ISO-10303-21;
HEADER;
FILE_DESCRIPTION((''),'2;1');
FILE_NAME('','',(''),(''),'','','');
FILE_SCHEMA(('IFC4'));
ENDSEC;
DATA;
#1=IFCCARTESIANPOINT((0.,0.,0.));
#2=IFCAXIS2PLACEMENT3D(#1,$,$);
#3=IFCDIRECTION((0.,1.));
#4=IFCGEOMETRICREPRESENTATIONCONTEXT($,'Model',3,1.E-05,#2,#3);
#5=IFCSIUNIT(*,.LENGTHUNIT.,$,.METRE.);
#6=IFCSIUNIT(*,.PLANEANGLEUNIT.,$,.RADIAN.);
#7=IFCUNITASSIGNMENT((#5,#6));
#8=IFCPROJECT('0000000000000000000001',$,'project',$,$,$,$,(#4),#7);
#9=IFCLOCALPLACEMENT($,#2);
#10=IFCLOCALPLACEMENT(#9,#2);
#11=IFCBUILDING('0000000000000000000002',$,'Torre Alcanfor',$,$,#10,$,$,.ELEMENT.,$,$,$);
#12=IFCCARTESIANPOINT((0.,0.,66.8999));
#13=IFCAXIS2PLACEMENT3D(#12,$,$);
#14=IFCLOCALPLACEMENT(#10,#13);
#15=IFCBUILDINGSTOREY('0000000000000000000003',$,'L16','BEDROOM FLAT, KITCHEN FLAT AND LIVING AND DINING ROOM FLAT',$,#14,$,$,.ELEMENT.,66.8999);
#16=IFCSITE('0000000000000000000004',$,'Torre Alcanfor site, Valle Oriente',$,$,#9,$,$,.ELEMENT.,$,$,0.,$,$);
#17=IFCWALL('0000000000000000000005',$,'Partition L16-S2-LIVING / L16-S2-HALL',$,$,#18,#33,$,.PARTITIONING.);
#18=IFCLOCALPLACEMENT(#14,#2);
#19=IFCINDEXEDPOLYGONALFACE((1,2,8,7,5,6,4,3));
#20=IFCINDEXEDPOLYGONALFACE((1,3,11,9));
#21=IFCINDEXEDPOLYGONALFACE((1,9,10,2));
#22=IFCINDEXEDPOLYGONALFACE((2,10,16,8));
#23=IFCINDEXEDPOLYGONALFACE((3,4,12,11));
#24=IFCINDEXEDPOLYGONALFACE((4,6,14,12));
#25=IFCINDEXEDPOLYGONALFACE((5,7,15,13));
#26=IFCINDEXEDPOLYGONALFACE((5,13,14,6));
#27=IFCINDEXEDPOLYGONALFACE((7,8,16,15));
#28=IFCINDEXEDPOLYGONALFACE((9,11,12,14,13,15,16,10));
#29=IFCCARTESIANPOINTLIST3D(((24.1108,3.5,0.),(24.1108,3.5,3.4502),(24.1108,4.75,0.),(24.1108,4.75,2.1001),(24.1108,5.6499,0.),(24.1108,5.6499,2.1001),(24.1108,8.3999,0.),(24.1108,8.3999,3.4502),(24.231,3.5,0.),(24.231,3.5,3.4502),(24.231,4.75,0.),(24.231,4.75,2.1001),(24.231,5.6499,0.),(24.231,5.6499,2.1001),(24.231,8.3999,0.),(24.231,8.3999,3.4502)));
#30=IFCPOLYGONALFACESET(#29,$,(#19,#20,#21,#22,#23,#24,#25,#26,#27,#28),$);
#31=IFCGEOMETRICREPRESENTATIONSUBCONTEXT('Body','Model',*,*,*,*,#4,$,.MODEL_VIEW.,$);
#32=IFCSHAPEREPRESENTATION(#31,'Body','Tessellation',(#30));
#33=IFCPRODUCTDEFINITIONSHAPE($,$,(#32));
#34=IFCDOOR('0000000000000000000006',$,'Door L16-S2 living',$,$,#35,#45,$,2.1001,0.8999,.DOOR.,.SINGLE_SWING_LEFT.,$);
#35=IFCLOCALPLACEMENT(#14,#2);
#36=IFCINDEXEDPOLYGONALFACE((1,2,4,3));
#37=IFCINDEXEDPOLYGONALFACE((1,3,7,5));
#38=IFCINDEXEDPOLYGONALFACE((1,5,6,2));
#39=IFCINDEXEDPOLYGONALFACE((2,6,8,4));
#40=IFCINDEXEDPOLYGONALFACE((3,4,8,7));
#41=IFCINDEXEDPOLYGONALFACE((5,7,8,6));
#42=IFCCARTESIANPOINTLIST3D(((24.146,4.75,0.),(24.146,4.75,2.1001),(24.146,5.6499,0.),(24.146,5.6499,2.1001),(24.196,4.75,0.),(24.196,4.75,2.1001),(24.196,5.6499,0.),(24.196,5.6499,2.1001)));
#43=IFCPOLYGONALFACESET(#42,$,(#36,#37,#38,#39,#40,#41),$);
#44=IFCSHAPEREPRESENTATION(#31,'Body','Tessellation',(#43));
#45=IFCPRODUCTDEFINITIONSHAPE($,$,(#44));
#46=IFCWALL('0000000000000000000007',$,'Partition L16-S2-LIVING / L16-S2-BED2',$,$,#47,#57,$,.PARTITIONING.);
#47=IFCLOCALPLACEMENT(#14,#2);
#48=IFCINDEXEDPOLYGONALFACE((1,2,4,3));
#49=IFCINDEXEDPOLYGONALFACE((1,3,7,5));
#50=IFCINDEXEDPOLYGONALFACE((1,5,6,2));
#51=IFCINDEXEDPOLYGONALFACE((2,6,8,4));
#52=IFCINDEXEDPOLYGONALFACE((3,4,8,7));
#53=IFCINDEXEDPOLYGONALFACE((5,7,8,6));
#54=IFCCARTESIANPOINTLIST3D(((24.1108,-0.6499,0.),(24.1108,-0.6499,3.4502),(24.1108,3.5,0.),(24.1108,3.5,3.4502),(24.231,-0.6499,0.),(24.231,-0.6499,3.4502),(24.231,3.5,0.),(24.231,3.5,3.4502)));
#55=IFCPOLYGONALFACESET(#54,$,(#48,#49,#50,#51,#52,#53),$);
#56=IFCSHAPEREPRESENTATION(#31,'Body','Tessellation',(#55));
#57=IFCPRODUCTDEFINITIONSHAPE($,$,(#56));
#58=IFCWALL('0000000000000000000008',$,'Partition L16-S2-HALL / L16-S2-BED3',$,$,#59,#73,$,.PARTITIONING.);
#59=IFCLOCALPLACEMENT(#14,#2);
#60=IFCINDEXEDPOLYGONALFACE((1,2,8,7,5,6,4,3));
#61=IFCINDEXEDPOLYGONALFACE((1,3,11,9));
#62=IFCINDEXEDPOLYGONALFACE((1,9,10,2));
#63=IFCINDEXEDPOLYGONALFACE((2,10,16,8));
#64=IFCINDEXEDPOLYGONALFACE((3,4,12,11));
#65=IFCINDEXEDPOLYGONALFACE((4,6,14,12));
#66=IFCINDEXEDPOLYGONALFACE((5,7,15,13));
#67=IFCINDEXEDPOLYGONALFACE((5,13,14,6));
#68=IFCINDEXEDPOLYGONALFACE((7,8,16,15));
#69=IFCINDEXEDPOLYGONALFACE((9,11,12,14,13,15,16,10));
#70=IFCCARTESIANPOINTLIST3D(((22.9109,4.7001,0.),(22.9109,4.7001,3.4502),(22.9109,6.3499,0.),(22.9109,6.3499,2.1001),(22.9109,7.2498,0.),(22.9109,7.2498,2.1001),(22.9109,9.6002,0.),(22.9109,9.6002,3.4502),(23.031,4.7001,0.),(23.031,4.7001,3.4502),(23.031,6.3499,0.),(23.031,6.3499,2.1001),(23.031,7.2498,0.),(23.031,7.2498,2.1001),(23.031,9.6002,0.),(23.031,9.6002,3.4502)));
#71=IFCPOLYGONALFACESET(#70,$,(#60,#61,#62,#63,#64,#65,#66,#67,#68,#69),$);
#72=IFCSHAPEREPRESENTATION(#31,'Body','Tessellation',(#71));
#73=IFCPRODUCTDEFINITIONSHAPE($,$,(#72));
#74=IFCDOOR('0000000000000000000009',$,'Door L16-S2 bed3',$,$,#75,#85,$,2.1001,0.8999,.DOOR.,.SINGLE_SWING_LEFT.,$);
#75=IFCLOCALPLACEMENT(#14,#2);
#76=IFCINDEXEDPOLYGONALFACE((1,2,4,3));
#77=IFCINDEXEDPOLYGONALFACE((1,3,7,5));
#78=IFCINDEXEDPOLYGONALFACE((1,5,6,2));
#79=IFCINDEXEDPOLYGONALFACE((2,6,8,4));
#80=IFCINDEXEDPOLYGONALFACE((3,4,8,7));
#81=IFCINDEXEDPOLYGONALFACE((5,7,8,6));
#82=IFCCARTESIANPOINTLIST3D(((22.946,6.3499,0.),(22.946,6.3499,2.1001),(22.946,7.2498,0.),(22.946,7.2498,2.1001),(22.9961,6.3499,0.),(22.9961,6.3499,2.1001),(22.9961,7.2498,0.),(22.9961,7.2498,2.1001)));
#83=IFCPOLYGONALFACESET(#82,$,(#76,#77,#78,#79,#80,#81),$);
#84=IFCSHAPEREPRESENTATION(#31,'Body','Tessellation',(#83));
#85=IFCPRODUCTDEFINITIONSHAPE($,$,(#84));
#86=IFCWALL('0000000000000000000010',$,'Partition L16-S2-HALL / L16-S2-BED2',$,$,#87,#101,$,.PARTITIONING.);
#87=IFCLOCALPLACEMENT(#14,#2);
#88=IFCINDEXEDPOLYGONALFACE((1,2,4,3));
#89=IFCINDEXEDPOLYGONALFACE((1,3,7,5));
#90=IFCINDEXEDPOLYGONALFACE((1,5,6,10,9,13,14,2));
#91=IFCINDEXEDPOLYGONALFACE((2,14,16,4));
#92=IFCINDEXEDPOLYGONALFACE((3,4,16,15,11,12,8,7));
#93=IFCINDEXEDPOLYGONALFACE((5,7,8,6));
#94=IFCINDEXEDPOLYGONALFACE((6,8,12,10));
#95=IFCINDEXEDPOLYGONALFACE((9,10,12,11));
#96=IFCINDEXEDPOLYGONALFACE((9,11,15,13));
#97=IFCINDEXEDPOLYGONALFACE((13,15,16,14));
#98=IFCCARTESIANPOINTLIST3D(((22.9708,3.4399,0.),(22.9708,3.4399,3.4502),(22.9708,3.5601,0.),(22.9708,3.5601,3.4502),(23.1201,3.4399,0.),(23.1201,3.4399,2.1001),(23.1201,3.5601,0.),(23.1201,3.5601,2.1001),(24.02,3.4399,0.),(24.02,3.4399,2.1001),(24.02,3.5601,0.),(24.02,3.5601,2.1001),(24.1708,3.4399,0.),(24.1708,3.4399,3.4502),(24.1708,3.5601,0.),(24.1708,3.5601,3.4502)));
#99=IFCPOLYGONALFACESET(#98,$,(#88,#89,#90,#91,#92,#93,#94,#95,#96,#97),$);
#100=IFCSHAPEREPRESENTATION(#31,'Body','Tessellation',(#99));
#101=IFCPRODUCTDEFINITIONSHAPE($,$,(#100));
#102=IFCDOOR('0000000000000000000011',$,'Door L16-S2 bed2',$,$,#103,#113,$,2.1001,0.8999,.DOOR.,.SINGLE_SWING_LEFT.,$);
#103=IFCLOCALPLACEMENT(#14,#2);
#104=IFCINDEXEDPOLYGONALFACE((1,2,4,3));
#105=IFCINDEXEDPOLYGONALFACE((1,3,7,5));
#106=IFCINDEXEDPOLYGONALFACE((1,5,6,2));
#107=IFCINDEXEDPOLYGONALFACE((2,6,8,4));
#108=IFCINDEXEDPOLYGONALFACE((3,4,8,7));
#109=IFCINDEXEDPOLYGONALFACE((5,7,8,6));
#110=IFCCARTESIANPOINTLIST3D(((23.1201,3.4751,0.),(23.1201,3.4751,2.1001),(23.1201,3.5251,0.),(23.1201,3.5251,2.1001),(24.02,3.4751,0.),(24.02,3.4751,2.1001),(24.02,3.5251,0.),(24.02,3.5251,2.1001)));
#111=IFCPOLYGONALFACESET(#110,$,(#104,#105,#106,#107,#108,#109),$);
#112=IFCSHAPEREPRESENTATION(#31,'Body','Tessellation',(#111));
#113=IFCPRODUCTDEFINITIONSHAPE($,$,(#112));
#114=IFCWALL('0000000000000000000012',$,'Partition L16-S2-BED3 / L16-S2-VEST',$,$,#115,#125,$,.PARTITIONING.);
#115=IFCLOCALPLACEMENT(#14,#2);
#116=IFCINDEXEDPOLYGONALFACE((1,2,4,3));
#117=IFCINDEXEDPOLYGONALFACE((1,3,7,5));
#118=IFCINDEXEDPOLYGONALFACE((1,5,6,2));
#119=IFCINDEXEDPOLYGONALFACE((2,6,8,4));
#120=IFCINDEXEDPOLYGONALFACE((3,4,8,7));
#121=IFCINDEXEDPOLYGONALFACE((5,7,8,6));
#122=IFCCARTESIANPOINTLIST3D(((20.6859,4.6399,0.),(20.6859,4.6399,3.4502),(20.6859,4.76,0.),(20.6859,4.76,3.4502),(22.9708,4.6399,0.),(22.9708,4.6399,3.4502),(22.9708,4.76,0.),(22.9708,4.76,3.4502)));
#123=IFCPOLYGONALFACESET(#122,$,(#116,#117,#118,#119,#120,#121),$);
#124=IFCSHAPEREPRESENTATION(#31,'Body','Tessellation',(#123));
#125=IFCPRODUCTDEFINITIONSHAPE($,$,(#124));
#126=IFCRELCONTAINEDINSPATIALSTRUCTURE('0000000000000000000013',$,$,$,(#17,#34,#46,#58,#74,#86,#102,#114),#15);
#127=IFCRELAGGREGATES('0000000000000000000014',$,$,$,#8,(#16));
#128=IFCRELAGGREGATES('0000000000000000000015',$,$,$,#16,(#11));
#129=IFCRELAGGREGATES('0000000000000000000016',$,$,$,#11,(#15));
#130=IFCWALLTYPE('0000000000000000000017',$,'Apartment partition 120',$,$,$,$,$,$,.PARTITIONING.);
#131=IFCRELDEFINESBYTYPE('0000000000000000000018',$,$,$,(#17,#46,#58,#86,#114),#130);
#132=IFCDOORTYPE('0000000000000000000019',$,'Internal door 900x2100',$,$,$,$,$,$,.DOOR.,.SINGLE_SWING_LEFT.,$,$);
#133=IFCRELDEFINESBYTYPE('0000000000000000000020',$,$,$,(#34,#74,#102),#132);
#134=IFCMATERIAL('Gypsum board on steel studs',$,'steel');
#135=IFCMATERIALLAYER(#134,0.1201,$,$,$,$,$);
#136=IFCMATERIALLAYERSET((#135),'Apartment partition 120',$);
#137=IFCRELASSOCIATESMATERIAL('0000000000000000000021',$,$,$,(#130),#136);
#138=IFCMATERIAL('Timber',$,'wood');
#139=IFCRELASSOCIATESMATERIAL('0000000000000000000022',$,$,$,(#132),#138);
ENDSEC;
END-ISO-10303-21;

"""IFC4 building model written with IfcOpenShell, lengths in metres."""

from ifc_helpers import new_model, si_unit, direction, frame, frame_2d, origin, place, context, subcontext, project, spatial, rectangle, extrude, material, layer, layer_set, type_object, element, fill, save


model = new_model("IFC4")

# Units and contexts
model_context = context("Model", 3, precision=1e-05, world=origin(), true_north=direction((0.0, 1.0)))
body_context = subcontext(model_context, "Body", "Model", "MODEL_VIEW")
ifc_project = project(units=[si_unit("LENGTHUNIT", "METRE"), si_unit("PLANEANGLEUNIT", "RADIAN")], contexts=[model_context])

# Site, building, storey
site_placement = place(None, origin())
site = spatial("IfcSite", under=ifc_project, at=site_placement, Name="Torre Alcanfor site, Valle Oriente", CompositionType="ELEMENT", RefElevation=0.0)
building_placement = place(site_placement, origin())
building = spatial("IfcBuilding", under=site, at=building_placement, Name="Torre Alcanfor", CompositionType="ELEMENT")
storey_placement = place(building_placement, frame((0.0, 0.0, 66.8999)))
storey = spatial("IfcBuildingStorey", under=building, at=storey_placement, Name="L16", Description="BEDROOM FLAT, KITCHEN FLAT AND LIVING AND DINING ROOM FLAT", CompositionType="ELEMENT", Elevation=66.8999)

# Shared definitions
ifc_material_1 = material(Name="Gypsum board on steel studs", Category="steel")
ifc_layer_1 = layer(ifc_material_1, 0.1201)
ifc_layer_set_1 = layer_set([ifc_layer_1], Name="Apartment partition 120")
wall_type = type_object("IfcWallType", Name="Apartment partition 120", PredefinedType="PARTITIONING", material=ifc_layer_set_1)

# Wall, opening, door
wall_1_placement = place(storey_placement, frame((24.1709, 3.5, 0.0), z_axis=(0.0, 0.0, 1.0), x_axis=(0.0, 1.0, 0.0)))
wall_1 = element("IfcWall", 1, at=wall_1_placement, inside=storey, type_object=wall_type, Name="Partition L16-S2-LIVING / L16-S2-HALL", PredefinedType="PARTITIONING", context=body_context, shape_type="SweptSolid", body=[
    extrude(rectangle(XDim=4.8999, YDim=0.1201, at=frame_2d((2.45, 0.0))), origin(), (0.0, 0.0, 1.0), 3.4502),
])
opening_1_placement = place(wall_1_placement, frame((1.25, 0.0, 0.0)))
opening_1 = element("IfcOpeningElement", 2, at=opening_1_placement, cuts=wall_1, PredefinedType="OPENING", context=body_context, shape_type="SweptSolid", body=[
    extrude(rectangle(XDim=0.8999, YDim=2.1001, at=frame_2d((0.45, 1.05))), frame((0.0, 0.0701, 0.0), z_axis=(0.0, -1.0, 0.0), x_axis=(1.0, 0.0, 0.0)), (0.0, 0.0, 1.0), 0.1401),
])
ifc_material_2 = material(Name="Timber", Category="wood")
door_type = type_object("IfcDoorType", Name="Internal door 900x2100", OperationType="SINGLE_SWING_LEFT", PredefinedType="DOOR", material=ifc_material_2)
door_1_placement = place(opening_1_placement, frame((0.8999, 0.0, 0.0), z_axis=(0.0, 0.0, 1.0), x_axis=(-1.0, 0.0, 0.0)))
door_1 = element("IfcDoor", 3, at=door_1_placement, inside=storey, type_object=door_type, Name="Door L16-S2 living", OperationType="SINGLE_SWING_LEFT", OverallHeight=2.1001, OverallWidth=0.8999, PredefinedType="DOOR", context=body_context, shape_type="SweptSolid", body=[
    extrude(rectangle(XDim=0.8999, YDim=2.1001, at=frame_2d((0.45, 1.05))), frame((0.0, 0.0251, 0.0), z_axis=(0.0, -1.0, 0.0), x_axis=(1.0, 0.0, 0.0)), (0.0, 0.0, 1.0), 0.05),
])
fill(opening_1, door_1)

# Wall
wall_2_placement = place(storey_placement, frame((24.1709, -0.6499, 0.0), z_axis=(0.0, 0.0, 1.0), x_axis=(0.0, 1.0, 0.0)))
element("IfcWall", 4, at=wall_2_placement, inside=storey, type_object=wall_type, Name="Partition L16-S2-LIVING / L16-S2-BED2", PredefinedType="PARTITIONING", context=body_context, shape_type="SweptSolid", body=[
    extrude(rectangle(XDim=4.1499, YDim=0.1201, at=frame_2d((2.075, 0.0))), origin(), (0.0, 0.0, 1.0), 3.4502),
])

# Walls, openings, doors
wall_3_placement = place(storey_placement, frame((22.9709, 4.7, 0.0), z_axis=(0.0, 0.0, 1.0), x_axis=(0.0, 1.0, 0.0)))
wall_3 = element("IfcWall", 5, at=wall_3_placement, inside=storey, type_object=wall_type, Name="Partition L16-S2-HALL / L16-S2-BED3", PredefinedType="PARTITIONING", context=body_context, shape_type="SweptSolid", body=[
    extrude(rectangle(XDim=4.9001, YDim=0.1201, at=frame_2d((2.4502, 0.0))), origin(), (0.0, 0.0, 1.0), 3.4502),
])
opening_2_placement = place(wall_3_placement, frame((1.6499, 0.0, 0.0)))
opening_2 = element("IfcOpeningElement", 6, at=opening_2_placement, cuts=wall_3, PredefinedType="OPENING", context=body_context, shape_type="SweptSolid", body=[
    extrude(rectangle(XDim=0.8999, YDim=2.1001, at=frame_2d((0.45, 1.05))), frame((0.0, 0.0701, 0.0), z_axis=(0.0, -1.0, 0.0), x_axis=(1.0, 0.0, 0.0)), (0.0, 0.0, 1.0), 0.1401),
])
door_2_placement = place(opening_2_placement, origin())
door_2 = element("IfcDoor", 7, at=door_2_placement, inside=storey, type_object=door_type, Name="Door L16-S2 bed3", OperationType="SINGLE_SWING_LEFT", OverallHeight=2.1001, OverallWidth=0.8999, PredefinedType="DOOR", context=body_context, shape_type="SweptSolid", body=[
    extrude(rectangle(XDim=0.8999, YDim=2.1001, at=frame_2d((0.45, 1.05))), frame((0.0, 0.0249, 0.0), z_axis=(0.0, -1.0, 0.0), x_axis=(1.0, 0.0, 0.0)), (0.0, 0.0, 1.0), 0.05),
])
fill(opening_2, door_2)
wall_4_placement = place(storey_placement, frame((24.1709, 3.5, 0.0), z_axis=(0.0, 0.0, 1.0), x_axis=(-1.0, 0.0, 0.0)))
wall_4 = element("IfcWall", 8, at=wall_4_placement, inside=storey, type_object=wall_type, Name="Partition L16-S2-HALL / L16-S2-BED2", PredefinedType="PARTITIONING", context=body_context, shape_type="SweptSolid", body=[
    extrude(rectangle(XDim=1.2, YDim=0.1201, at=frame_2d((0.6001, 0.0))), origin(), (0.0, 0.0, 1.0), 3.4502),
])
opening_3_placement = place(wall_4_placement, frame((0.1509, 0.0, 0.0)))
opening_3 = element("IfcOpeningElement", 9, at=opening_3_placement, cuts=wall_4, PredefinedType="OPENING", context=body_context, shape_type="SweptSolid", body=[
    extrude(rectangle(XDim=0.8999, YDim=2.1001, at=frame_2d((0.45, 1.05))), frame((0.0, 0.0701, 0.0), z_axis=(0.0, -1.0, 0.0), x_axis=(1.0, 0.0, 0.0)), (0.0, 0.0, 1.0), 0.1401),
])
door_3_placement = place(opening_3_placement, origin())
door_3 = element("IfcDoor", 10, at=door_3_placement, inside=storey, type_object=door_type, Name="Door L16-S2 bed2", OperationType="SINGLE_SWING_LEFT", OverallHeight=2.1001, OverallWidth=0.8999, PredefinedType="DOOR", context=body_context, shape_type="SweptSolid", body=[
    extrude(rectangle(XDim=0.8999, YDim=2.1001, at=frame_2d((0.45, 1.05))), frame((0.0, 0.0249, 0.0), z_axis=(0.0, -1.0, 0.0), x_axis=(1.0, 0.0, 0.0)), (0.0, 0.0, 1.0), 0.05),
])
fill(opening_3, door_3)

# Wall
wall_5_placement = place(storey_placement, frame((22.9709, 4.7, 0.0), z_axis=(0.0, 0.0, 1.0), x_axis=(-1.0, 0.0, 0.0)))
element("IfcWall", 11, at=wall_5_placement, inside=storey, type_object=wall_type, Name="Partition L16-S2-BED3 / L16-S2-VEST", PredefinedType="PARTITIONING", context=body_context, shape_type="SweptSolid", body=[
    extrude(rectangle(XDim=2.2849, YDim=0.1201, at=frame_2d((1.1426, 0.0))), origin(), (0.0, 0.0, 1.0), 3.4502),
])

save(model, "model.ifc")
